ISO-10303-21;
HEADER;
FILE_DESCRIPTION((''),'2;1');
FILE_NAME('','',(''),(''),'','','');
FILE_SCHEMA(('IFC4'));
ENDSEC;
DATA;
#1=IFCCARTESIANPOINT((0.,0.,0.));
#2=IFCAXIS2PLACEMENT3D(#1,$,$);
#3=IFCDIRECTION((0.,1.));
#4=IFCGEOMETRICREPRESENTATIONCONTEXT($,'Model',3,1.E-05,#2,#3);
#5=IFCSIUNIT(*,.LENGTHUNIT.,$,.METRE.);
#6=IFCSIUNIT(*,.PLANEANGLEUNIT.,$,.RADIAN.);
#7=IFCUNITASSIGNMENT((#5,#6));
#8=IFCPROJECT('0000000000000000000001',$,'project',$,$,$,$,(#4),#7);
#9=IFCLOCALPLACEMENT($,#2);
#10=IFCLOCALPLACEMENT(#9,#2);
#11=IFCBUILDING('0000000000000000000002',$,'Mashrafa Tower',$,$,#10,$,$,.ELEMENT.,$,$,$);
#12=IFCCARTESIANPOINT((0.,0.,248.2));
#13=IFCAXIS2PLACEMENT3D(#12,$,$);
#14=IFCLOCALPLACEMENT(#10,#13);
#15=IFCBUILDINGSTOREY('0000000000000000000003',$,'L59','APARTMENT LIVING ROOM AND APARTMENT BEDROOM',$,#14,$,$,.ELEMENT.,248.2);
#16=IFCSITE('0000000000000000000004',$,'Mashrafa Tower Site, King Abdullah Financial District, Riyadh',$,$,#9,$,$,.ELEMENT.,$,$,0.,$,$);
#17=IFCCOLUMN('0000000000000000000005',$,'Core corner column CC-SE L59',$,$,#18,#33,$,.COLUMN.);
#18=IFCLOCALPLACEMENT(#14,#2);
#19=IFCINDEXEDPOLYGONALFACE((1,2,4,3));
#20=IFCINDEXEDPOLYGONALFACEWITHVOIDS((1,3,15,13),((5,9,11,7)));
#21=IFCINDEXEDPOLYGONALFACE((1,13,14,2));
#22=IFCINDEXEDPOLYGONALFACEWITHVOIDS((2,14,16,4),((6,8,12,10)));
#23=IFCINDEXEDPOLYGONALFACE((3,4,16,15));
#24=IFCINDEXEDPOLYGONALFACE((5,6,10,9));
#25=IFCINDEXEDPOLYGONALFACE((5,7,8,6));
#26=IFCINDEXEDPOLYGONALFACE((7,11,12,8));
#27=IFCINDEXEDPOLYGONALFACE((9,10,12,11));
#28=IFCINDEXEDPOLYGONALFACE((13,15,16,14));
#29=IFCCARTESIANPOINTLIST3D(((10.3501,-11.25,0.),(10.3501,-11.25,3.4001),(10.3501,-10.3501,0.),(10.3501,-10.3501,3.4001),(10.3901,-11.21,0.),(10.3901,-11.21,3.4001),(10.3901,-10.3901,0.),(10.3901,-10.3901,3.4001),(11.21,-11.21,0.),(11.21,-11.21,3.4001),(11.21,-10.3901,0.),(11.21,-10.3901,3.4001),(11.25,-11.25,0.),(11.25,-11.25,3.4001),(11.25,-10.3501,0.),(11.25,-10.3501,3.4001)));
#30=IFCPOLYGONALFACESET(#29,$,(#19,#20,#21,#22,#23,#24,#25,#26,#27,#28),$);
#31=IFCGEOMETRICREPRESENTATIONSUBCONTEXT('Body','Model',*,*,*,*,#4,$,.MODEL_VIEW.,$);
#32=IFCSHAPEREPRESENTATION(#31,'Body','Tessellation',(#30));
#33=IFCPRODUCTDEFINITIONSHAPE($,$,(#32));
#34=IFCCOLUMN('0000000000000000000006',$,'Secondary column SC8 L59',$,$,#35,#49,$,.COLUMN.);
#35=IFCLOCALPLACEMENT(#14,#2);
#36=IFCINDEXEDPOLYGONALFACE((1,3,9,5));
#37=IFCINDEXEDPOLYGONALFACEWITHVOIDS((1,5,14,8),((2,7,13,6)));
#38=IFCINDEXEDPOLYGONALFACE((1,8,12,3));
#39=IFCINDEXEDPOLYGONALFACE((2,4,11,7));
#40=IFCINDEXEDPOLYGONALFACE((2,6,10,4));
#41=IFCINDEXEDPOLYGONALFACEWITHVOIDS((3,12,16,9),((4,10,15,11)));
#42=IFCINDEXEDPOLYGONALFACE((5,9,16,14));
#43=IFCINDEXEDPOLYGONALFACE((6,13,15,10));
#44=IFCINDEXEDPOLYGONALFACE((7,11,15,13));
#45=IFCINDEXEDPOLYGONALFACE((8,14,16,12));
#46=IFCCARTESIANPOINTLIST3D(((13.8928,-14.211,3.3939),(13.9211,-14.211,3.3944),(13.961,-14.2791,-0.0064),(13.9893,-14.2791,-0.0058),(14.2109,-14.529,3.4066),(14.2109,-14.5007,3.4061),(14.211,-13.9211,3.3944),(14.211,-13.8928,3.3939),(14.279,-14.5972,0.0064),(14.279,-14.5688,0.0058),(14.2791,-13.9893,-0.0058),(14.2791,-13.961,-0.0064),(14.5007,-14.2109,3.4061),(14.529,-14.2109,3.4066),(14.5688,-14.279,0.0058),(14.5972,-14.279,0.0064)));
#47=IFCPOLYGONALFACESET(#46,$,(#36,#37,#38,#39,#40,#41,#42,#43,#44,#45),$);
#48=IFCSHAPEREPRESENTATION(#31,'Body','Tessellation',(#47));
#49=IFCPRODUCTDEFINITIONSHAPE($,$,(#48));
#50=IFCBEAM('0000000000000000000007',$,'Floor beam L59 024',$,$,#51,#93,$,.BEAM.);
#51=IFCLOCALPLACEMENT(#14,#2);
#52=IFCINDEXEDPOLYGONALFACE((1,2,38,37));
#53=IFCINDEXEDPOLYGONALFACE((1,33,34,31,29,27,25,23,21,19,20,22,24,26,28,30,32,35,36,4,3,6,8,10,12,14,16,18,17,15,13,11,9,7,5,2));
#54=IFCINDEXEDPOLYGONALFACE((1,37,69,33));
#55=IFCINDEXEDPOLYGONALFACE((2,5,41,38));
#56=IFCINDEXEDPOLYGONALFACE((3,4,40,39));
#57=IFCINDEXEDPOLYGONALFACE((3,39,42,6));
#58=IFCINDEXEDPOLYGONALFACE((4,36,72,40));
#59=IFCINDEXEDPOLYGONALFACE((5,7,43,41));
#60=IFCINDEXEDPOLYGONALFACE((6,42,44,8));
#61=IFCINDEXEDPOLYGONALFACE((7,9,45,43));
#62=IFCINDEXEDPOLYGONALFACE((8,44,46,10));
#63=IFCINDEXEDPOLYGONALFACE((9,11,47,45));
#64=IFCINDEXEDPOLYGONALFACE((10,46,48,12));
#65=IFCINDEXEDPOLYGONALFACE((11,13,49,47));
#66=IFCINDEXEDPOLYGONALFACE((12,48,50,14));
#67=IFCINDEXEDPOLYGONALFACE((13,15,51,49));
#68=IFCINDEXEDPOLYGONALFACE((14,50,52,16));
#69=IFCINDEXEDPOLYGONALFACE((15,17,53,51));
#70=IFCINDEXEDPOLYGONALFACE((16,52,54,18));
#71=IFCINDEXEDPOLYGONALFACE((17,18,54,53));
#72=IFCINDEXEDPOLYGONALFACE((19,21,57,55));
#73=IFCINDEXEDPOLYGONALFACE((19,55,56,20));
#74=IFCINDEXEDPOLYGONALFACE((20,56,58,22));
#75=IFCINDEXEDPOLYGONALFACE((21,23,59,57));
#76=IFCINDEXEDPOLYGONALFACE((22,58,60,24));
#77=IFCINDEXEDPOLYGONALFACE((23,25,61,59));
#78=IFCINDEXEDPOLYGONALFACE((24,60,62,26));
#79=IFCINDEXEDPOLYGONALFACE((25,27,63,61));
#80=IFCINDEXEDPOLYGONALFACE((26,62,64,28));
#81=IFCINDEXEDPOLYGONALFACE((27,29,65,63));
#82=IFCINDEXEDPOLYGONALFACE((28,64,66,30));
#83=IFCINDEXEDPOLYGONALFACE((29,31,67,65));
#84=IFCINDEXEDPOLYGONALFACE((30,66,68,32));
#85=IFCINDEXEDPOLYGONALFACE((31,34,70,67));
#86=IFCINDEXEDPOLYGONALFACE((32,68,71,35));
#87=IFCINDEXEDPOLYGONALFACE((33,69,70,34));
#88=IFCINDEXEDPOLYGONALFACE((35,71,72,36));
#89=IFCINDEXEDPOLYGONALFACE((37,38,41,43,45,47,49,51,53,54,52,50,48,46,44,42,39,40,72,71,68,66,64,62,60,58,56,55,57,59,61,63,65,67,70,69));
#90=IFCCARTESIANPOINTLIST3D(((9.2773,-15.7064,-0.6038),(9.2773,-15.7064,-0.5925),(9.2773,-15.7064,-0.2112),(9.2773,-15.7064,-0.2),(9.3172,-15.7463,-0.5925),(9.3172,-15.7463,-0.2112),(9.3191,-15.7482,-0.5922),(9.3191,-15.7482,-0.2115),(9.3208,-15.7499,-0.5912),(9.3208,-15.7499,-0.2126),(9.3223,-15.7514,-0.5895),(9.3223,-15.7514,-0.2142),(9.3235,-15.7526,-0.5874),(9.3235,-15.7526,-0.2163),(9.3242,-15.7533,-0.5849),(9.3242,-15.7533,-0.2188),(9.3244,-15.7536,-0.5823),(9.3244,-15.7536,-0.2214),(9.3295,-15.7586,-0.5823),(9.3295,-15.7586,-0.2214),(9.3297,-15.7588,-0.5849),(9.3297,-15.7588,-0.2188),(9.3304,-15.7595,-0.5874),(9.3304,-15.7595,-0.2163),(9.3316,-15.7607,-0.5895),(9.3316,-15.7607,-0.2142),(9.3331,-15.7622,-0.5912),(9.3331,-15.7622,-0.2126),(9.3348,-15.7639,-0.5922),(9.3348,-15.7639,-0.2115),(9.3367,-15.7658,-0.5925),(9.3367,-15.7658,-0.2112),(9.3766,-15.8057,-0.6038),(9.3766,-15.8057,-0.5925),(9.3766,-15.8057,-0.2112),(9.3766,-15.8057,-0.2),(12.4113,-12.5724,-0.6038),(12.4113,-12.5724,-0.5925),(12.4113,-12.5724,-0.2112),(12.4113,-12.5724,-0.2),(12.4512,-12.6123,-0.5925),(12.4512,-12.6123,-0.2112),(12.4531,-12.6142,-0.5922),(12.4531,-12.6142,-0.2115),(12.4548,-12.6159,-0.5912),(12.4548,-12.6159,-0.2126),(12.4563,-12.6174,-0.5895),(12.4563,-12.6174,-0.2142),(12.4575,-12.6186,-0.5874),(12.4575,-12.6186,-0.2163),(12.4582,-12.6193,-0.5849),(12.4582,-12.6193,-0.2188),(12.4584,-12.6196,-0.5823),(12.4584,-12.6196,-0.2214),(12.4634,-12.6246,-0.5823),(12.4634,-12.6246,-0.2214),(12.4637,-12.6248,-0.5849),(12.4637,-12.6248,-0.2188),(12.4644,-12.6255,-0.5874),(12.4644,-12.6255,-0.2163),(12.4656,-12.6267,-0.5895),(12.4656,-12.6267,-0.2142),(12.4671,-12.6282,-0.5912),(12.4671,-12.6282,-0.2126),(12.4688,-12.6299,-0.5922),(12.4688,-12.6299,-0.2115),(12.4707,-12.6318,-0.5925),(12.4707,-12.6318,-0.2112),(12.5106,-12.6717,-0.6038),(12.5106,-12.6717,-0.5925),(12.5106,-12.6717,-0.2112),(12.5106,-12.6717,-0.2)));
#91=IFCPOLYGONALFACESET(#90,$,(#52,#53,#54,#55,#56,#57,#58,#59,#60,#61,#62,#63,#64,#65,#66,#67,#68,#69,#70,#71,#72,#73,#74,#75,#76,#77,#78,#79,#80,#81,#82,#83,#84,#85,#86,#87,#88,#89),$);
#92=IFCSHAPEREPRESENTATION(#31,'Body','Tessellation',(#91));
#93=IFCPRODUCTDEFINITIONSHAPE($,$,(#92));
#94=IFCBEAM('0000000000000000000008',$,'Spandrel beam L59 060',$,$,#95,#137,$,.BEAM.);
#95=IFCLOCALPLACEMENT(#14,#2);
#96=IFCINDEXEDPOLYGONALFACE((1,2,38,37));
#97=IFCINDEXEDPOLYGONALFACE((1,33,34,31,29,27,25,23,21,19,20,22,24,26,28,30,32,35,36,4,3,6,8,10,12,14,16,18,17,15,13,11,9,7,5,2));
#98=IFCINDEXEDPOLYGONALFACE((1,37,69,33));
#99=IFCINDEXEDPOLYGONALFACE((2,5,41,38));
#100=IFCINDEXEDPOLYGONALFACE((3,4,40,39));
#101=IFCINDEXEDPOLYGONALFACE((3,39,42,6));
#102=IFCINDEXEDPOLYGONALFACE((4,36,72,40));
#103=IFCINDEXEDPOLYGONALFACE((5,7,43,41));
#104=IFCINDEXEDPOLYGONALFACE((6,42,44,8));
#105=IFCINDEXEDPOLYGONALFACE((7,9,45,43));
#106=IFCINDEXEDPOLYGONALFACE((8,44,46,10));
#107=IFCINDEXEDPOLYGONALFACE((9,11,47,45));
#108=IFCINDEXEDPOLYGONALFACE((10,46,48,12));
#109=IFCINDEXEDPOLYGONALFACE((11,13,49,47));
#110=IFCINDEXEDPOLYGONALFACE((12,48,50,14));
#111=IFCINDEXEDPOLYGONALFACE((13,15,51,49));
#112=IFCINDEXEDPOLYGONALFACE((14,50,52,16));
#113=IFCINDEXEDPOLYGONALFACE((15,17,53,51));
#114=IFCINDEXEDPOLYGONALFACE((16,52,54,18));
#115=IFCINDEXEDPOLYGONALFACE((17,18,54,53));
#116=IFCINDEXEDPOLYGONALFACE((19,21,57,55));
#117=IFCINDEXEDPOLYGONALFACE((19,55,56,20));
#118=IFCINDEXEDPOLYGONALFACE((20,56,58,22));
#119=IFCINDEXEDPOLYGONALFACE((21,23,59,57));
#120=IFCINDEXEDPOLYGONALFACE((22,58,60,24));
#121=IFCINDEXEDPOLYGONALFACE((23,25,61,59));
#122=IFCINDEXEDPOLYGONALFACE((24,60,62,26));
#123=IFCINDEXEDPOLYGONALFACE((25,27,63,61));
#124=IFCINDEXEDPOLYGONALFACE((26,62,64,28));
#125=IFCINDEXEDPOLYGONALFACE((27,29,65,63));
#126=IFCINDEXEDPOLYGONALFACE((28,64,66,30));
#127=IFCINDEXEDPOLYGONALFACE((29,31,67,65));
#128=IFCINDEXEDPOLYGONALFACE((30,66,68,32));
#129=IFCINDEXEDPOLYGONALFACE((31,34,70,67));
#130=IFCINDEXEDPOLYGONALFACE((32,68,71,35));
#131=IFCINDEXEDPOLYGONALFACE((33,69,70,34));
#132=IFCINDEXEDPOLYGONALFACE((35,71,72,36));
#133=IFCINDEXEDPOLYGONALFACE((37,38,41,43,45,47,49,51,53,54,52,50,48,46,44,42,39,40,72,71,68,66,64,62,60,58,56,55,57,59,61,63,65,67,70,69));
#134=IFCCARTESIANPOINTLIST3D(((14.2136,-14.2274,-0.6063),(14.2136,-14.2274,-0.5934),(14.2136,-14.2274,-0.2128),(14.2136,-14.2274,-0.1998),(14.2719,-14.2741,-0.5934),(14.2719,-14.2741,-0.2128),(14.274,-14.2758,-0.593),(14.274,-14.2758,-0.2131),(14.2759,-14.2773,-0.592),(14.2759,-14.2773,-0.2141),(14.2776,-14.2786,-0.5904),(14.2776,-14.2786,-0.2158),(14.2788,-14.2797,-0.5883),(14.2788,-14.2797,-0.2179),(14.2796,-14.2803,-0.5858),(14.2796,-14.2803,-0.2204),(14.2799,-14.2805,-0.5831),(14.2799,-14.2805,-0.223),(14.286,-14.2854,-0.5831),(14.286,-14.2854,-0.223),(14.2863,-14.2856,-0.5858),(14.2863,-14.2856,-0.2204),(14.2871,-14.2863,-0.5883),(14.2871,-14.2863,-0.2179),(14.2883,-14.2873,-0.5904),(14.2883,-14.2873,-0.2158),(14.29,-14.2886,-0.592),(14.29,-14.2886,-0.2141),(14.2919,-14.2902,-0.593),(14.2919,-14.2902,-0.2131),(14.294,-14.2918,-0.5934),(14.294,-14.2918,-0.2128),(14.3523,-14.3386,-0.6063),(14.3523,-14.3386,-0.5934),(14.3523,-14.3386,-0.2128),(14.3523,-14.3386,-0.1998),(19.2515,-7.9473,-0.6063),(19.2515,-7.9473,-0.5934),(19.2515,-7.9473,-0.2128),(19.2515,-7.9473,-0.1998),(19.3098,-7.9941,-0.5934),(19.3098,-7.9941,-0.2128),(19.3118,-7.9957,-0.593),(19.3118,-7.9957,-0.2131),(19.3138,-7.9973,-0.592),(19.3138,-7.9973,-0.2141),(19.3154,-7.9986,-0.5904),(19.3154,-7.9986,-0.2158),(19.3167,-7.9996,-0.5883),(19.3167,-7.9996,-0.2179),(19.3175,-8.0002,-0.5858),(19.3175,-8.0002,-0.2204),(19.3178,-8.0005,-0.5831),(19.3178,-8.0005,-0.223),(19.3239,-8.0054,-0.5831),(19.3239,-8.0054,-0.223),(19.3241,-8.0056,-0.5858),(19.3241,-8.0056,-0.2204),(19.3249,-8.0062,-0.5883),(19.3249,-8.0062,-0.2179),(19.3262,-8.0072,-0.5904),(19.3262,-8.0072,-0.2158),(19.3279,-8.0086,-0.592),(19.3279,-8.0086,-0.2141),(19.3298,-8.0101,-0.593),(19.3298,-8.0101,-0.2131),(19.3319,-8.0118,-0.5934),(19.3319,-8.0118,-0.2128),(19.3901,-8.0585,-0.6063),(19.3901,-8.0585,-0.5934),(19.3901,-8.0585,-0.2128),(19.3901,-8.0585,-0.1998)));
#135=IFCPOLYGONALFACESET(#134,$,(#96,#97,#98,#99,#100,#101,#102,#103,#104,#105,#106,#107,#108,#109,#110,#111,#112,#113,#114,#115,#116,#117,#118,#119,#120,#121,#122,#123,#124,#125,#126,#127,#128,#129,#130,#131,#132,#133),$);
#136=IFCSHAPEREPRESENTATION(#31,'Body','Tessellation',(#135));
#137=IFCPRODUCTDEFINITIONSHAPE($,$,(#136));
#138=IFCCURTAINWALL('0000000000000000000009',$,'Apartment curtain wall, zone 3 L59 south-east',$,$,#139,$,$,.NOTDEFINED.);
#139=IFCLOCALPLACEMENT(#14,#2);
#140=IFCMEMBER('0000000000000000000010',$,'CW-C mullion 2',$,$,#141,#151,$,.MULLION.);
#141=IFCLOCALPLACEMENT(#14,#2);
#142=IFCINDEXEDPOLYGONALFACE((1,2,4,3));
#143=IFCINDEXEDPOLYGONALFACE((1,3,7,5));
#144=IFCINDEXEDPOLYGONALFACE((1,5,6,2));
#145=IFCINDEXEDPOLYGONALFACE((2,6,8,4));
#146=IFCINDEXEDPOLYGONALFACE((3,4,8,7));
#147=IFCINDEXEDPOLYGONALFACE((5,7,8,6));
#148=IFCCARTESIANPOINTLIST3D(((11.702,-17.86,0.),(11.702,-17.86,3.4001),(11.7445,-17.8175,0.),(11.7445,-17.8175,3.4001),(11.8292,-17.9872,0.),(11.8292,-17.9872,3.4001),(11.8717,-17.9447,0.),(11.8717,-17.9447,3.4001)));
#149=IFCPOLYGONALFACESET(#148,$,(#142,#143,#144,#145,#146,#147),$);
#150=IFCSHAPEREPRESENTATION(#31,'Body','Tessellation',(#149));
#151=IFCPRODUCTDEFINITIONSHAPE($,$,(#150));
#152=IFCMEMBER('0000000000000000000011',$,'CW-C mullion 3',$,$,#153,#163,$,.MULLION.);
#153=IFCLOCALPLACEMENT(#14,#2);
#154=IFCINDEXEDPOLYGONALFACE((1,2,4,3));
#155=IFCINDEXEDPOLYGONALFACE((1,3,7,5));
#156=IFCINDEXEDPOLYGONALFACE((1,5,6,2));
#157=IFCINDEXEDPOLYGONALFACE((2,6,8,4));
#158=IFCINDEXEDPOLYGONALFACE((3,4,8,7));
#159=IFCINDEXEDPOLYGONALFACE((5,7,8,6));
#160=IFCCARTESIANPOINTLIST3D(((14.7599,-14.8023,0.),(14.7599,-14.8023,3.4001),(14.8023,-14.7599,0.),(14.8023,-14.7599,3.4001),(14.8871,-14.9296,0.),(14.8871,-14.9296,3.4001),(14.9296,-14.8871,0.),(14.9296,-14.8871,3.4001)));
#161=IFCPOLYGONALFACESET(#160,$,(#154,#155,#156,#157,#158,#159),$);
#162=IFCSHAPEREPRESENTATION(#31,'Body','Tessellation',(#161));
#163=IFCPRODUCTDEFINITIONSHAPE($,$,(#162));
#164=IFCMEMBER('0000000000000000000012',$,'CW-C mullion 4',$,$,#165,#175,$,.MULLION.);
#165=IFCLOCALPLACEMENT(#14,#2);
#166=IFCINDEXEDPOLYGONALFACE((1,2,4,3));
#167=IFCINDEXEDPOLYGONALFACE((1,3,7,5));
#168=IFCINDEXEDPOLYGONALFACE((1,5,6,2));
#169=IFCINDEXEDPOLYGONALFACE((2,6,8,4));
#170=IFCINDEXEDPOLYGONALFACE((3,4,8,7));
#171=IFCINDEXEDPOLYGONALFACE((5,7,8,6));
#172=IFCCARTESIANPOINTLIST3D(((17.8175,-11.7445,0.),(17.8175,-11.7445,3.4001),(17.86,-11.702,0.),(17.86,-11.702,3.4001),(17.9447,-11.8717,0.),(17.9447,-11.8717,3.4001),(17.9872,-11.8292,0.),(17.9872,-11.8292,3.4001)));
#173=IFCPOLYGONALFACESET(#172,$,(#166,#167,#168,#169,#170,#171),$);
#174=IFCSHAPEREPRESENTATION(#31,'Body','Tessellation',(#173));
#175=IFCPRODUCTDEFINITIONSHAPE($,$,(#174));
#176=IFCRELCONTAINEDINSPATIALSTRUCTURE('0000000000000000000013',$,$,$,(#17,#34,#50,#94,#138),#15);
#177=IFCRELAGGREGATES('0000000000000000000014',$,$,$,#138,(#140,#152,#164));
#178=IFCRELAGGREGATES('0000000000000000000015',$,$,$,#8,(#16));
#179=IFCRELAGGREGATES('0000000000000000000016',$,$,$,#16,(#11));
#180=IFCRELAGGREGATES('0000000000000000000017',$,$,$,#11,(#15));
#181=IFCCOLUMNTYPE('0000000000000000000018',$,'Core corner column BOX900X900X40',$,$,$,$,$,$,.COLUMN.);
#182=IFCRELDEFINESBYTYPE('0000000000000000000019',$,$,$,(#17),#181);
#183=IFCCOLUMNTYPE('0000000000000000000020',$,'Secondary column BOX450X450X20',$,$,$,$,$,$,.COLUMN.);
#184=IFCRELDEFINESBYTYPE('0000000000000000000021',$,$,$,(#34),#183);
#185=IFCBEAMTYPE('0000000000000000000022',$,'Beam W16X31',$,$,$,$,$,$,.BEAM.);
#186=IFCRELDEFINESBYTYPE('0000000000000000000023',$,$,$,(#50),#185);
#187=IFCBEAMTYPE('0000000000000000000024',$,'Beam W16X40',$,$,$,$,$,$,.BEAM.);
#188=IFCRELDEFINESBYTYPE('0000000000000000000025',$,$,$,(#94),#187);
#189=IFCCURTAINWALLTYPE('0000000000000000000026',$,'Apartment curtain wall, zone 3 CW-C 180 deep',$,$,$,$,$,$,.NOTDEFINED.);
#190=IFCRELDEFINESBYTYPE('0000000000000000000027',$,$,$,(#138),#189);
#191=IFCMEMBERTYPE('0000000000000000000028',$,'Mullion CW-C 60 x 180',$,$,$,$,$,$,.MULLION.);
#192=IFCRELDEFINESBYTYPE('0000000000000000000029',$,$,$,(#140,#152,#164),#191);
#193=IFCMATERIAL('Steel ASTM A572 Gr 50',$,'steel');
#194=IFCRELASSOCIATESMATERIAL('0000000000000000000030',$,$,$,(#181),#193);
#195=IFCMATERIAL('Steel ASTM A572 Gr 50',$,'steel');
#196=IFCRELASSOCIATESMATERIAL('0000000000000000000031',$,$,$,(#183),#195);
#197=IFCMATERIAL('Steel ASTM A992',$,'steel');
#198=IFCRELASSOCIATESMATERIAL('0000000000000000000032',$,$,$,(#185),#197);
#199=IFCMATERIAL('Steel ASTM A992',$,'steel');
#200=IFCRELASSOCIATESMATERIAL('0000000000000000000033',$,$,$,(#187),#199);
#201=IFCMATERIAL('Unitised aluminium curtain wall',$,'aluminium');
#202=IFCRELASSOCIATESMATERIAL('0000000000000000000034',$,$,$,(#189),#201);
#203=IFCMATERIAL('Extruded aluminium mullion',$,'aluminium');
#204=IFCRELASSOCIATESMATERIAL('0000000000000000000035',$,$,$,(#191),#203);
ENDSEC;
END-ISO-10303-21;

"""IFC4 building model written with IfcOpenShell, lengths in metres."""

from ifc_helpers import new_model, si_unit, direction, frame, origin, origin_2d, place, context, subcontext, project, spatial, rectangle, hollow_rectangle, i_section, extrude, source, transform, mapped, material, material_profile, profile_set, type_object, type_shapes, element, aggregate, save


model = new_model("IFC4")

# Units and contexts
model_context = context("Model", 3, precision=1e-05, world=origin(), true_north=direction((0.0, 1.0)))
body_context = subcontext(model_context, "Body", "Model", "MODEL_VIEW")
ifc_project = project(units=[si_unit("LENGTHUNIT", "METRE"), si_unit("PLANEANGLEUNIT", "RADIAN")], contexts=[model_context])

# Site, building, storey
site_placement = place(None, origin())
site = spatial("IfcSite", under=ifc_project, at=site_placement, Name="Mashrafa Tower Site, King Abdullah Financial District, Riyadh", CompositionType="ELEMENT", RefElevation=0.0)
building_placement = place(site_placement, origin())
building = spatial("IfcBuilding", under=site, at=building_placement, Name="Mashrafa Tower", CompositionType="ELEMENT")
storey_placement = place(building_placement, frame((0.0, 0.0, 248.2)))
storey = spatial("IfcBuildingStorey", under=building, at=storey_placement, Name="L59", Description="APARTMENT LIVING ROOM AND APARTMENT BEDROOM", CompositionType="ELEMENT", Elevation=248.2)

# Columns
ifc_material_1 = material(Name="Steel ASTM A572 Gr 50", Category="steel")
ifc_material_profile_1 = material_profile(ifc_material_1, hollow_rectangle(XDim=0.8999, YDim=0.8999, WallThickness=0.04, at=origin_2d()), Name="BOX900X900X40")
ifc_profile_set_1 = profile_set([ifc_material_profile_1], Name="Steel ASTM A572 Gr 50")
column_type_1 = type_object("IfcColumnType", Name="Core corner column BOX900X900X40", PredefinedType="COLUMN", material=ifc_profile_set_1)
column_1_placement = place(storey_placement, frame((10.8, -10.8, 0.0), z_axis=(0.0, 0.0, 1.0), x_axis=(1.0, 0.0, 0.0)))
element("IfcColumn", 1, at=column_1_placement, inside=storey, type_object=column_type_1, Name="Core corner column CC-SE L59", PredefinedType="COLUMN", context=body_context, shape_type="SweptSolid", body=[
    extrude(hollow_rectangle(XDim=0.8999, YDim=0.8999, WallThickness=0.04, at=origin_2d()), origin(), (0.0, 0.0, 1.0), 3.4001),
])
ifc_material_2 = material(Name="Steel ASTM A572 Gr 50", Category="steel")
ifc_material_profile_2 = material_profile(ifc_material_2, hollow_rectangle(XDim=0.45, YDim=0.45, WallThickness=0.02, at=origin_2d()), Name="BOX450X450X20")
ifc_profile_set_2 = profile_set([ifc_material_profile_2], Name="Steel ASTM A572 Gr 50")
column_type_2 = type_object("IfcColumnType", Name="Secondary column BOX450X450X20", PredefinedType="COLUMN", material=ifc_profile_set_2)
column_2_placement = place(storey_placement, frame((14.2791, -14.2791, 0.0), z_axis=(-0.020025, 0.020025, 0.999599), x_axis=(-0.707107, -0.707107, 0.0)))
element("IfcColumn", 2, at=column_2_placement, inside=storey, type_object=column_type_2, Name="Secondary column SC8 L59", PredefinedType="COLUMN", context=body_context, shape_type="SweptSolid", body=[
    extrude(hollow_rectangle(XDim=0.45, YDim=0.45, WallThickness=0.02, at=origin_2d()), origin(), (0.0, 0.0, 1.0), 3.4016),
])

# Beams
ifc_material_3 = material(Name="Steel ASTM A992", Category="steel")
ifc_material_profile_3 = material_profile(ifc_material_3, i_section(OverallWidth=0.1404, OverallDepth=0.4038, WebThickness=0.0071, FlangeThickness=0.0112, FilletRadius=0.0103, at=origin_2d()), Name="W16X31")
ifc_profile_set_3 = profile_set([ifc_material_profile_3], Name="Steel ASTM A992")
beam_type_1 = type_object("IfcBeamType", Name="Beam W16X31", PredefinedType="BEAM", material=ifc_profile_set_3)
beam_1_placement = place(storey_placement, frame((12.4609, -12.6221, -0.4019), z_axis=(-0.707107, -0.707107, 0.0), x_axis=(0.707107, -0.707107, 0.0)))
element("IfcBeam", 3, at=beam_1_placement, inside=storey, type_object=beam_type_1, Name="Floor beam L59 024", PredefinedType="BEAM", context=body_context, shape_type="SweptSolid", body=[
    extrude(i_section(OverallWidth=0.1404, OverallDepth=0.4038, WebThickness=0.0071, FlangeThickness=0.0112, FilletRadius=0.0103, at=origin_2d()), origin(), (0.0, 0.0, 1.0), 4.4321),
])
ifc_material_4 = material(Name="Steel ASTM A992", Category="steel")
ifc_material_profile_4 = material_profile(ifc_material_4, i_section(OverallWidth=0.1777, OverallDepth=0.4065, WebThickness=0.0078, FlangeThickness=0.0129, FilletRadius=0.0103, at=origin_2d()), Name="W16X40")
ifc_profile_set_4 = profile_set([ifc_material_profile_4], Name="Steel ASTM A992")
beam_type_2 = type_object("IfcBeamType", Name="Beam W16X40", PredefinedType="BEAM", material=ifc_profile_set_4)
beam_2_placement = place(storey_placement, frame((14.283, -14.283, -0.4031), z_axis=(0.625741, 0.780031, 0.0), x_axis=(-0.780031, 0.625741, 0.0)))
element("IfcBeam", 4, at=beam_2_placement, inside=storey, type_object=beam_type_2, Name="Spandrel beam L59 060", PredefinedType="BEAM", context=body_context, shape_type="SweptSolid", body=[
    extrude(i_section(OverallWidth=0.1777, OverallDepth=0.4065, WebThickness=0.0078, FlangeThickness=0.0129, FilletRadius=0.0103, at=origin_2d()), origin(), (0.0, 0.0, 1.0), 8.051),
])

# Curtain wall, members
ifc_material_5 = material(Name="Unitised aluminium curtain wall", Category="aluminium")
curtain_wall_type = type_object("IfcCurtainWallType", Name="Apartment curtain wall, zone 3 CW-C 180 deep", PredefinedType="NOTDEFINED", material=ifc_material_5)
curtain_wall_placement = place(storey_placement, origin())
curtain_wall = element("IfcCurtainWall", 5, at=curtain_wall_placement, inside=storey, type_object=curtain_wall_type, Name="Apartment curtain wall, zone 3 L59 south-east", PredefinedType="NOTDEFINED")
ifc_material_6 = material(Name="Extruded aluminium mullion", Category="aluminium")
ifc_material_profile_5 = material_profile(ifc_material_6, rectangle(XDim=0.1799, YDim=0.0601, at=origin_2d()), Name="Mullion 60x180")
ifc_profile_set_5 = profile_set([ifc_material_profile_5], Name="Extruded aluminium mullion")
member_type_1 = type_object("IfcMemberType", Name="Mullion CW-C 60 x 180", PredefinedType="MULLION", material=ifc_profile_set_5)
shared_shape_1 = source(origin(), body_context, "Body", "SweptSolid", [
    extrude(rectangle(XDim=0.1799, YDim=0.0601, at=origin_2d()), origin(), (0.0, 0.0, 1.0), 3.4001),
])
type_shapes(member_type_1, [shared_shape_1])
member_1_placement = place(storey_placement, frame((11.7869, -17.9023, 0.0), z_axis=(0.0, 0.0, 1.0), x_axis=(-0.707107, 0.707107, 0.0)))
member_1 = element("IfcMember", 6, at=member_1_placement, type_object=member_type_1, Name="CW-C mullion 2", PredefinedType="MULLION", context=body_context, shape_type="MappedRepresentation", body=[
    mapped(shared_shape_1, transform((0.0, 0.0, 0.0))),
])
member_2_placement = place(storey_placement, frame((14.8447, -14.8447, 0.0), z_axis=(0.0, 0.0, 1.0), x_axis=(-0.707107, 0.707107, 0.0)))
member_2 = element("IfcMember", 7, at=member_2_placement, type_object=member_type_1, Name="CW-C mullion 3", PredefinedType="MULLION", context=body_context, shape_type="MappedRepresentation", body=[
    mapped(shared_shape_1, transform((0.0, 0.0, 0.0))),
])
member_3_placement = place(storey_placement, frame((17.9023, -11.7869, 0.0), z_axis=(0.0, 0.0, 1.0), x_axis=(-0.707107, 0.707107, 0.0)))
member_3 = element("IfcMember", 8, at=member_3_placement, type_object=member_type_1, Name="CW-C mullion 4", PredefinedType="MULLION", context=body_context, shape_type="MappedRepresentation", body=[
    mapped(shared_shape_1, transform((0.0, 0.0, 0.0))),
])
aggregate(curtain_wall, [member_1, member_2, member_3])

save(model, "model.ifc")
